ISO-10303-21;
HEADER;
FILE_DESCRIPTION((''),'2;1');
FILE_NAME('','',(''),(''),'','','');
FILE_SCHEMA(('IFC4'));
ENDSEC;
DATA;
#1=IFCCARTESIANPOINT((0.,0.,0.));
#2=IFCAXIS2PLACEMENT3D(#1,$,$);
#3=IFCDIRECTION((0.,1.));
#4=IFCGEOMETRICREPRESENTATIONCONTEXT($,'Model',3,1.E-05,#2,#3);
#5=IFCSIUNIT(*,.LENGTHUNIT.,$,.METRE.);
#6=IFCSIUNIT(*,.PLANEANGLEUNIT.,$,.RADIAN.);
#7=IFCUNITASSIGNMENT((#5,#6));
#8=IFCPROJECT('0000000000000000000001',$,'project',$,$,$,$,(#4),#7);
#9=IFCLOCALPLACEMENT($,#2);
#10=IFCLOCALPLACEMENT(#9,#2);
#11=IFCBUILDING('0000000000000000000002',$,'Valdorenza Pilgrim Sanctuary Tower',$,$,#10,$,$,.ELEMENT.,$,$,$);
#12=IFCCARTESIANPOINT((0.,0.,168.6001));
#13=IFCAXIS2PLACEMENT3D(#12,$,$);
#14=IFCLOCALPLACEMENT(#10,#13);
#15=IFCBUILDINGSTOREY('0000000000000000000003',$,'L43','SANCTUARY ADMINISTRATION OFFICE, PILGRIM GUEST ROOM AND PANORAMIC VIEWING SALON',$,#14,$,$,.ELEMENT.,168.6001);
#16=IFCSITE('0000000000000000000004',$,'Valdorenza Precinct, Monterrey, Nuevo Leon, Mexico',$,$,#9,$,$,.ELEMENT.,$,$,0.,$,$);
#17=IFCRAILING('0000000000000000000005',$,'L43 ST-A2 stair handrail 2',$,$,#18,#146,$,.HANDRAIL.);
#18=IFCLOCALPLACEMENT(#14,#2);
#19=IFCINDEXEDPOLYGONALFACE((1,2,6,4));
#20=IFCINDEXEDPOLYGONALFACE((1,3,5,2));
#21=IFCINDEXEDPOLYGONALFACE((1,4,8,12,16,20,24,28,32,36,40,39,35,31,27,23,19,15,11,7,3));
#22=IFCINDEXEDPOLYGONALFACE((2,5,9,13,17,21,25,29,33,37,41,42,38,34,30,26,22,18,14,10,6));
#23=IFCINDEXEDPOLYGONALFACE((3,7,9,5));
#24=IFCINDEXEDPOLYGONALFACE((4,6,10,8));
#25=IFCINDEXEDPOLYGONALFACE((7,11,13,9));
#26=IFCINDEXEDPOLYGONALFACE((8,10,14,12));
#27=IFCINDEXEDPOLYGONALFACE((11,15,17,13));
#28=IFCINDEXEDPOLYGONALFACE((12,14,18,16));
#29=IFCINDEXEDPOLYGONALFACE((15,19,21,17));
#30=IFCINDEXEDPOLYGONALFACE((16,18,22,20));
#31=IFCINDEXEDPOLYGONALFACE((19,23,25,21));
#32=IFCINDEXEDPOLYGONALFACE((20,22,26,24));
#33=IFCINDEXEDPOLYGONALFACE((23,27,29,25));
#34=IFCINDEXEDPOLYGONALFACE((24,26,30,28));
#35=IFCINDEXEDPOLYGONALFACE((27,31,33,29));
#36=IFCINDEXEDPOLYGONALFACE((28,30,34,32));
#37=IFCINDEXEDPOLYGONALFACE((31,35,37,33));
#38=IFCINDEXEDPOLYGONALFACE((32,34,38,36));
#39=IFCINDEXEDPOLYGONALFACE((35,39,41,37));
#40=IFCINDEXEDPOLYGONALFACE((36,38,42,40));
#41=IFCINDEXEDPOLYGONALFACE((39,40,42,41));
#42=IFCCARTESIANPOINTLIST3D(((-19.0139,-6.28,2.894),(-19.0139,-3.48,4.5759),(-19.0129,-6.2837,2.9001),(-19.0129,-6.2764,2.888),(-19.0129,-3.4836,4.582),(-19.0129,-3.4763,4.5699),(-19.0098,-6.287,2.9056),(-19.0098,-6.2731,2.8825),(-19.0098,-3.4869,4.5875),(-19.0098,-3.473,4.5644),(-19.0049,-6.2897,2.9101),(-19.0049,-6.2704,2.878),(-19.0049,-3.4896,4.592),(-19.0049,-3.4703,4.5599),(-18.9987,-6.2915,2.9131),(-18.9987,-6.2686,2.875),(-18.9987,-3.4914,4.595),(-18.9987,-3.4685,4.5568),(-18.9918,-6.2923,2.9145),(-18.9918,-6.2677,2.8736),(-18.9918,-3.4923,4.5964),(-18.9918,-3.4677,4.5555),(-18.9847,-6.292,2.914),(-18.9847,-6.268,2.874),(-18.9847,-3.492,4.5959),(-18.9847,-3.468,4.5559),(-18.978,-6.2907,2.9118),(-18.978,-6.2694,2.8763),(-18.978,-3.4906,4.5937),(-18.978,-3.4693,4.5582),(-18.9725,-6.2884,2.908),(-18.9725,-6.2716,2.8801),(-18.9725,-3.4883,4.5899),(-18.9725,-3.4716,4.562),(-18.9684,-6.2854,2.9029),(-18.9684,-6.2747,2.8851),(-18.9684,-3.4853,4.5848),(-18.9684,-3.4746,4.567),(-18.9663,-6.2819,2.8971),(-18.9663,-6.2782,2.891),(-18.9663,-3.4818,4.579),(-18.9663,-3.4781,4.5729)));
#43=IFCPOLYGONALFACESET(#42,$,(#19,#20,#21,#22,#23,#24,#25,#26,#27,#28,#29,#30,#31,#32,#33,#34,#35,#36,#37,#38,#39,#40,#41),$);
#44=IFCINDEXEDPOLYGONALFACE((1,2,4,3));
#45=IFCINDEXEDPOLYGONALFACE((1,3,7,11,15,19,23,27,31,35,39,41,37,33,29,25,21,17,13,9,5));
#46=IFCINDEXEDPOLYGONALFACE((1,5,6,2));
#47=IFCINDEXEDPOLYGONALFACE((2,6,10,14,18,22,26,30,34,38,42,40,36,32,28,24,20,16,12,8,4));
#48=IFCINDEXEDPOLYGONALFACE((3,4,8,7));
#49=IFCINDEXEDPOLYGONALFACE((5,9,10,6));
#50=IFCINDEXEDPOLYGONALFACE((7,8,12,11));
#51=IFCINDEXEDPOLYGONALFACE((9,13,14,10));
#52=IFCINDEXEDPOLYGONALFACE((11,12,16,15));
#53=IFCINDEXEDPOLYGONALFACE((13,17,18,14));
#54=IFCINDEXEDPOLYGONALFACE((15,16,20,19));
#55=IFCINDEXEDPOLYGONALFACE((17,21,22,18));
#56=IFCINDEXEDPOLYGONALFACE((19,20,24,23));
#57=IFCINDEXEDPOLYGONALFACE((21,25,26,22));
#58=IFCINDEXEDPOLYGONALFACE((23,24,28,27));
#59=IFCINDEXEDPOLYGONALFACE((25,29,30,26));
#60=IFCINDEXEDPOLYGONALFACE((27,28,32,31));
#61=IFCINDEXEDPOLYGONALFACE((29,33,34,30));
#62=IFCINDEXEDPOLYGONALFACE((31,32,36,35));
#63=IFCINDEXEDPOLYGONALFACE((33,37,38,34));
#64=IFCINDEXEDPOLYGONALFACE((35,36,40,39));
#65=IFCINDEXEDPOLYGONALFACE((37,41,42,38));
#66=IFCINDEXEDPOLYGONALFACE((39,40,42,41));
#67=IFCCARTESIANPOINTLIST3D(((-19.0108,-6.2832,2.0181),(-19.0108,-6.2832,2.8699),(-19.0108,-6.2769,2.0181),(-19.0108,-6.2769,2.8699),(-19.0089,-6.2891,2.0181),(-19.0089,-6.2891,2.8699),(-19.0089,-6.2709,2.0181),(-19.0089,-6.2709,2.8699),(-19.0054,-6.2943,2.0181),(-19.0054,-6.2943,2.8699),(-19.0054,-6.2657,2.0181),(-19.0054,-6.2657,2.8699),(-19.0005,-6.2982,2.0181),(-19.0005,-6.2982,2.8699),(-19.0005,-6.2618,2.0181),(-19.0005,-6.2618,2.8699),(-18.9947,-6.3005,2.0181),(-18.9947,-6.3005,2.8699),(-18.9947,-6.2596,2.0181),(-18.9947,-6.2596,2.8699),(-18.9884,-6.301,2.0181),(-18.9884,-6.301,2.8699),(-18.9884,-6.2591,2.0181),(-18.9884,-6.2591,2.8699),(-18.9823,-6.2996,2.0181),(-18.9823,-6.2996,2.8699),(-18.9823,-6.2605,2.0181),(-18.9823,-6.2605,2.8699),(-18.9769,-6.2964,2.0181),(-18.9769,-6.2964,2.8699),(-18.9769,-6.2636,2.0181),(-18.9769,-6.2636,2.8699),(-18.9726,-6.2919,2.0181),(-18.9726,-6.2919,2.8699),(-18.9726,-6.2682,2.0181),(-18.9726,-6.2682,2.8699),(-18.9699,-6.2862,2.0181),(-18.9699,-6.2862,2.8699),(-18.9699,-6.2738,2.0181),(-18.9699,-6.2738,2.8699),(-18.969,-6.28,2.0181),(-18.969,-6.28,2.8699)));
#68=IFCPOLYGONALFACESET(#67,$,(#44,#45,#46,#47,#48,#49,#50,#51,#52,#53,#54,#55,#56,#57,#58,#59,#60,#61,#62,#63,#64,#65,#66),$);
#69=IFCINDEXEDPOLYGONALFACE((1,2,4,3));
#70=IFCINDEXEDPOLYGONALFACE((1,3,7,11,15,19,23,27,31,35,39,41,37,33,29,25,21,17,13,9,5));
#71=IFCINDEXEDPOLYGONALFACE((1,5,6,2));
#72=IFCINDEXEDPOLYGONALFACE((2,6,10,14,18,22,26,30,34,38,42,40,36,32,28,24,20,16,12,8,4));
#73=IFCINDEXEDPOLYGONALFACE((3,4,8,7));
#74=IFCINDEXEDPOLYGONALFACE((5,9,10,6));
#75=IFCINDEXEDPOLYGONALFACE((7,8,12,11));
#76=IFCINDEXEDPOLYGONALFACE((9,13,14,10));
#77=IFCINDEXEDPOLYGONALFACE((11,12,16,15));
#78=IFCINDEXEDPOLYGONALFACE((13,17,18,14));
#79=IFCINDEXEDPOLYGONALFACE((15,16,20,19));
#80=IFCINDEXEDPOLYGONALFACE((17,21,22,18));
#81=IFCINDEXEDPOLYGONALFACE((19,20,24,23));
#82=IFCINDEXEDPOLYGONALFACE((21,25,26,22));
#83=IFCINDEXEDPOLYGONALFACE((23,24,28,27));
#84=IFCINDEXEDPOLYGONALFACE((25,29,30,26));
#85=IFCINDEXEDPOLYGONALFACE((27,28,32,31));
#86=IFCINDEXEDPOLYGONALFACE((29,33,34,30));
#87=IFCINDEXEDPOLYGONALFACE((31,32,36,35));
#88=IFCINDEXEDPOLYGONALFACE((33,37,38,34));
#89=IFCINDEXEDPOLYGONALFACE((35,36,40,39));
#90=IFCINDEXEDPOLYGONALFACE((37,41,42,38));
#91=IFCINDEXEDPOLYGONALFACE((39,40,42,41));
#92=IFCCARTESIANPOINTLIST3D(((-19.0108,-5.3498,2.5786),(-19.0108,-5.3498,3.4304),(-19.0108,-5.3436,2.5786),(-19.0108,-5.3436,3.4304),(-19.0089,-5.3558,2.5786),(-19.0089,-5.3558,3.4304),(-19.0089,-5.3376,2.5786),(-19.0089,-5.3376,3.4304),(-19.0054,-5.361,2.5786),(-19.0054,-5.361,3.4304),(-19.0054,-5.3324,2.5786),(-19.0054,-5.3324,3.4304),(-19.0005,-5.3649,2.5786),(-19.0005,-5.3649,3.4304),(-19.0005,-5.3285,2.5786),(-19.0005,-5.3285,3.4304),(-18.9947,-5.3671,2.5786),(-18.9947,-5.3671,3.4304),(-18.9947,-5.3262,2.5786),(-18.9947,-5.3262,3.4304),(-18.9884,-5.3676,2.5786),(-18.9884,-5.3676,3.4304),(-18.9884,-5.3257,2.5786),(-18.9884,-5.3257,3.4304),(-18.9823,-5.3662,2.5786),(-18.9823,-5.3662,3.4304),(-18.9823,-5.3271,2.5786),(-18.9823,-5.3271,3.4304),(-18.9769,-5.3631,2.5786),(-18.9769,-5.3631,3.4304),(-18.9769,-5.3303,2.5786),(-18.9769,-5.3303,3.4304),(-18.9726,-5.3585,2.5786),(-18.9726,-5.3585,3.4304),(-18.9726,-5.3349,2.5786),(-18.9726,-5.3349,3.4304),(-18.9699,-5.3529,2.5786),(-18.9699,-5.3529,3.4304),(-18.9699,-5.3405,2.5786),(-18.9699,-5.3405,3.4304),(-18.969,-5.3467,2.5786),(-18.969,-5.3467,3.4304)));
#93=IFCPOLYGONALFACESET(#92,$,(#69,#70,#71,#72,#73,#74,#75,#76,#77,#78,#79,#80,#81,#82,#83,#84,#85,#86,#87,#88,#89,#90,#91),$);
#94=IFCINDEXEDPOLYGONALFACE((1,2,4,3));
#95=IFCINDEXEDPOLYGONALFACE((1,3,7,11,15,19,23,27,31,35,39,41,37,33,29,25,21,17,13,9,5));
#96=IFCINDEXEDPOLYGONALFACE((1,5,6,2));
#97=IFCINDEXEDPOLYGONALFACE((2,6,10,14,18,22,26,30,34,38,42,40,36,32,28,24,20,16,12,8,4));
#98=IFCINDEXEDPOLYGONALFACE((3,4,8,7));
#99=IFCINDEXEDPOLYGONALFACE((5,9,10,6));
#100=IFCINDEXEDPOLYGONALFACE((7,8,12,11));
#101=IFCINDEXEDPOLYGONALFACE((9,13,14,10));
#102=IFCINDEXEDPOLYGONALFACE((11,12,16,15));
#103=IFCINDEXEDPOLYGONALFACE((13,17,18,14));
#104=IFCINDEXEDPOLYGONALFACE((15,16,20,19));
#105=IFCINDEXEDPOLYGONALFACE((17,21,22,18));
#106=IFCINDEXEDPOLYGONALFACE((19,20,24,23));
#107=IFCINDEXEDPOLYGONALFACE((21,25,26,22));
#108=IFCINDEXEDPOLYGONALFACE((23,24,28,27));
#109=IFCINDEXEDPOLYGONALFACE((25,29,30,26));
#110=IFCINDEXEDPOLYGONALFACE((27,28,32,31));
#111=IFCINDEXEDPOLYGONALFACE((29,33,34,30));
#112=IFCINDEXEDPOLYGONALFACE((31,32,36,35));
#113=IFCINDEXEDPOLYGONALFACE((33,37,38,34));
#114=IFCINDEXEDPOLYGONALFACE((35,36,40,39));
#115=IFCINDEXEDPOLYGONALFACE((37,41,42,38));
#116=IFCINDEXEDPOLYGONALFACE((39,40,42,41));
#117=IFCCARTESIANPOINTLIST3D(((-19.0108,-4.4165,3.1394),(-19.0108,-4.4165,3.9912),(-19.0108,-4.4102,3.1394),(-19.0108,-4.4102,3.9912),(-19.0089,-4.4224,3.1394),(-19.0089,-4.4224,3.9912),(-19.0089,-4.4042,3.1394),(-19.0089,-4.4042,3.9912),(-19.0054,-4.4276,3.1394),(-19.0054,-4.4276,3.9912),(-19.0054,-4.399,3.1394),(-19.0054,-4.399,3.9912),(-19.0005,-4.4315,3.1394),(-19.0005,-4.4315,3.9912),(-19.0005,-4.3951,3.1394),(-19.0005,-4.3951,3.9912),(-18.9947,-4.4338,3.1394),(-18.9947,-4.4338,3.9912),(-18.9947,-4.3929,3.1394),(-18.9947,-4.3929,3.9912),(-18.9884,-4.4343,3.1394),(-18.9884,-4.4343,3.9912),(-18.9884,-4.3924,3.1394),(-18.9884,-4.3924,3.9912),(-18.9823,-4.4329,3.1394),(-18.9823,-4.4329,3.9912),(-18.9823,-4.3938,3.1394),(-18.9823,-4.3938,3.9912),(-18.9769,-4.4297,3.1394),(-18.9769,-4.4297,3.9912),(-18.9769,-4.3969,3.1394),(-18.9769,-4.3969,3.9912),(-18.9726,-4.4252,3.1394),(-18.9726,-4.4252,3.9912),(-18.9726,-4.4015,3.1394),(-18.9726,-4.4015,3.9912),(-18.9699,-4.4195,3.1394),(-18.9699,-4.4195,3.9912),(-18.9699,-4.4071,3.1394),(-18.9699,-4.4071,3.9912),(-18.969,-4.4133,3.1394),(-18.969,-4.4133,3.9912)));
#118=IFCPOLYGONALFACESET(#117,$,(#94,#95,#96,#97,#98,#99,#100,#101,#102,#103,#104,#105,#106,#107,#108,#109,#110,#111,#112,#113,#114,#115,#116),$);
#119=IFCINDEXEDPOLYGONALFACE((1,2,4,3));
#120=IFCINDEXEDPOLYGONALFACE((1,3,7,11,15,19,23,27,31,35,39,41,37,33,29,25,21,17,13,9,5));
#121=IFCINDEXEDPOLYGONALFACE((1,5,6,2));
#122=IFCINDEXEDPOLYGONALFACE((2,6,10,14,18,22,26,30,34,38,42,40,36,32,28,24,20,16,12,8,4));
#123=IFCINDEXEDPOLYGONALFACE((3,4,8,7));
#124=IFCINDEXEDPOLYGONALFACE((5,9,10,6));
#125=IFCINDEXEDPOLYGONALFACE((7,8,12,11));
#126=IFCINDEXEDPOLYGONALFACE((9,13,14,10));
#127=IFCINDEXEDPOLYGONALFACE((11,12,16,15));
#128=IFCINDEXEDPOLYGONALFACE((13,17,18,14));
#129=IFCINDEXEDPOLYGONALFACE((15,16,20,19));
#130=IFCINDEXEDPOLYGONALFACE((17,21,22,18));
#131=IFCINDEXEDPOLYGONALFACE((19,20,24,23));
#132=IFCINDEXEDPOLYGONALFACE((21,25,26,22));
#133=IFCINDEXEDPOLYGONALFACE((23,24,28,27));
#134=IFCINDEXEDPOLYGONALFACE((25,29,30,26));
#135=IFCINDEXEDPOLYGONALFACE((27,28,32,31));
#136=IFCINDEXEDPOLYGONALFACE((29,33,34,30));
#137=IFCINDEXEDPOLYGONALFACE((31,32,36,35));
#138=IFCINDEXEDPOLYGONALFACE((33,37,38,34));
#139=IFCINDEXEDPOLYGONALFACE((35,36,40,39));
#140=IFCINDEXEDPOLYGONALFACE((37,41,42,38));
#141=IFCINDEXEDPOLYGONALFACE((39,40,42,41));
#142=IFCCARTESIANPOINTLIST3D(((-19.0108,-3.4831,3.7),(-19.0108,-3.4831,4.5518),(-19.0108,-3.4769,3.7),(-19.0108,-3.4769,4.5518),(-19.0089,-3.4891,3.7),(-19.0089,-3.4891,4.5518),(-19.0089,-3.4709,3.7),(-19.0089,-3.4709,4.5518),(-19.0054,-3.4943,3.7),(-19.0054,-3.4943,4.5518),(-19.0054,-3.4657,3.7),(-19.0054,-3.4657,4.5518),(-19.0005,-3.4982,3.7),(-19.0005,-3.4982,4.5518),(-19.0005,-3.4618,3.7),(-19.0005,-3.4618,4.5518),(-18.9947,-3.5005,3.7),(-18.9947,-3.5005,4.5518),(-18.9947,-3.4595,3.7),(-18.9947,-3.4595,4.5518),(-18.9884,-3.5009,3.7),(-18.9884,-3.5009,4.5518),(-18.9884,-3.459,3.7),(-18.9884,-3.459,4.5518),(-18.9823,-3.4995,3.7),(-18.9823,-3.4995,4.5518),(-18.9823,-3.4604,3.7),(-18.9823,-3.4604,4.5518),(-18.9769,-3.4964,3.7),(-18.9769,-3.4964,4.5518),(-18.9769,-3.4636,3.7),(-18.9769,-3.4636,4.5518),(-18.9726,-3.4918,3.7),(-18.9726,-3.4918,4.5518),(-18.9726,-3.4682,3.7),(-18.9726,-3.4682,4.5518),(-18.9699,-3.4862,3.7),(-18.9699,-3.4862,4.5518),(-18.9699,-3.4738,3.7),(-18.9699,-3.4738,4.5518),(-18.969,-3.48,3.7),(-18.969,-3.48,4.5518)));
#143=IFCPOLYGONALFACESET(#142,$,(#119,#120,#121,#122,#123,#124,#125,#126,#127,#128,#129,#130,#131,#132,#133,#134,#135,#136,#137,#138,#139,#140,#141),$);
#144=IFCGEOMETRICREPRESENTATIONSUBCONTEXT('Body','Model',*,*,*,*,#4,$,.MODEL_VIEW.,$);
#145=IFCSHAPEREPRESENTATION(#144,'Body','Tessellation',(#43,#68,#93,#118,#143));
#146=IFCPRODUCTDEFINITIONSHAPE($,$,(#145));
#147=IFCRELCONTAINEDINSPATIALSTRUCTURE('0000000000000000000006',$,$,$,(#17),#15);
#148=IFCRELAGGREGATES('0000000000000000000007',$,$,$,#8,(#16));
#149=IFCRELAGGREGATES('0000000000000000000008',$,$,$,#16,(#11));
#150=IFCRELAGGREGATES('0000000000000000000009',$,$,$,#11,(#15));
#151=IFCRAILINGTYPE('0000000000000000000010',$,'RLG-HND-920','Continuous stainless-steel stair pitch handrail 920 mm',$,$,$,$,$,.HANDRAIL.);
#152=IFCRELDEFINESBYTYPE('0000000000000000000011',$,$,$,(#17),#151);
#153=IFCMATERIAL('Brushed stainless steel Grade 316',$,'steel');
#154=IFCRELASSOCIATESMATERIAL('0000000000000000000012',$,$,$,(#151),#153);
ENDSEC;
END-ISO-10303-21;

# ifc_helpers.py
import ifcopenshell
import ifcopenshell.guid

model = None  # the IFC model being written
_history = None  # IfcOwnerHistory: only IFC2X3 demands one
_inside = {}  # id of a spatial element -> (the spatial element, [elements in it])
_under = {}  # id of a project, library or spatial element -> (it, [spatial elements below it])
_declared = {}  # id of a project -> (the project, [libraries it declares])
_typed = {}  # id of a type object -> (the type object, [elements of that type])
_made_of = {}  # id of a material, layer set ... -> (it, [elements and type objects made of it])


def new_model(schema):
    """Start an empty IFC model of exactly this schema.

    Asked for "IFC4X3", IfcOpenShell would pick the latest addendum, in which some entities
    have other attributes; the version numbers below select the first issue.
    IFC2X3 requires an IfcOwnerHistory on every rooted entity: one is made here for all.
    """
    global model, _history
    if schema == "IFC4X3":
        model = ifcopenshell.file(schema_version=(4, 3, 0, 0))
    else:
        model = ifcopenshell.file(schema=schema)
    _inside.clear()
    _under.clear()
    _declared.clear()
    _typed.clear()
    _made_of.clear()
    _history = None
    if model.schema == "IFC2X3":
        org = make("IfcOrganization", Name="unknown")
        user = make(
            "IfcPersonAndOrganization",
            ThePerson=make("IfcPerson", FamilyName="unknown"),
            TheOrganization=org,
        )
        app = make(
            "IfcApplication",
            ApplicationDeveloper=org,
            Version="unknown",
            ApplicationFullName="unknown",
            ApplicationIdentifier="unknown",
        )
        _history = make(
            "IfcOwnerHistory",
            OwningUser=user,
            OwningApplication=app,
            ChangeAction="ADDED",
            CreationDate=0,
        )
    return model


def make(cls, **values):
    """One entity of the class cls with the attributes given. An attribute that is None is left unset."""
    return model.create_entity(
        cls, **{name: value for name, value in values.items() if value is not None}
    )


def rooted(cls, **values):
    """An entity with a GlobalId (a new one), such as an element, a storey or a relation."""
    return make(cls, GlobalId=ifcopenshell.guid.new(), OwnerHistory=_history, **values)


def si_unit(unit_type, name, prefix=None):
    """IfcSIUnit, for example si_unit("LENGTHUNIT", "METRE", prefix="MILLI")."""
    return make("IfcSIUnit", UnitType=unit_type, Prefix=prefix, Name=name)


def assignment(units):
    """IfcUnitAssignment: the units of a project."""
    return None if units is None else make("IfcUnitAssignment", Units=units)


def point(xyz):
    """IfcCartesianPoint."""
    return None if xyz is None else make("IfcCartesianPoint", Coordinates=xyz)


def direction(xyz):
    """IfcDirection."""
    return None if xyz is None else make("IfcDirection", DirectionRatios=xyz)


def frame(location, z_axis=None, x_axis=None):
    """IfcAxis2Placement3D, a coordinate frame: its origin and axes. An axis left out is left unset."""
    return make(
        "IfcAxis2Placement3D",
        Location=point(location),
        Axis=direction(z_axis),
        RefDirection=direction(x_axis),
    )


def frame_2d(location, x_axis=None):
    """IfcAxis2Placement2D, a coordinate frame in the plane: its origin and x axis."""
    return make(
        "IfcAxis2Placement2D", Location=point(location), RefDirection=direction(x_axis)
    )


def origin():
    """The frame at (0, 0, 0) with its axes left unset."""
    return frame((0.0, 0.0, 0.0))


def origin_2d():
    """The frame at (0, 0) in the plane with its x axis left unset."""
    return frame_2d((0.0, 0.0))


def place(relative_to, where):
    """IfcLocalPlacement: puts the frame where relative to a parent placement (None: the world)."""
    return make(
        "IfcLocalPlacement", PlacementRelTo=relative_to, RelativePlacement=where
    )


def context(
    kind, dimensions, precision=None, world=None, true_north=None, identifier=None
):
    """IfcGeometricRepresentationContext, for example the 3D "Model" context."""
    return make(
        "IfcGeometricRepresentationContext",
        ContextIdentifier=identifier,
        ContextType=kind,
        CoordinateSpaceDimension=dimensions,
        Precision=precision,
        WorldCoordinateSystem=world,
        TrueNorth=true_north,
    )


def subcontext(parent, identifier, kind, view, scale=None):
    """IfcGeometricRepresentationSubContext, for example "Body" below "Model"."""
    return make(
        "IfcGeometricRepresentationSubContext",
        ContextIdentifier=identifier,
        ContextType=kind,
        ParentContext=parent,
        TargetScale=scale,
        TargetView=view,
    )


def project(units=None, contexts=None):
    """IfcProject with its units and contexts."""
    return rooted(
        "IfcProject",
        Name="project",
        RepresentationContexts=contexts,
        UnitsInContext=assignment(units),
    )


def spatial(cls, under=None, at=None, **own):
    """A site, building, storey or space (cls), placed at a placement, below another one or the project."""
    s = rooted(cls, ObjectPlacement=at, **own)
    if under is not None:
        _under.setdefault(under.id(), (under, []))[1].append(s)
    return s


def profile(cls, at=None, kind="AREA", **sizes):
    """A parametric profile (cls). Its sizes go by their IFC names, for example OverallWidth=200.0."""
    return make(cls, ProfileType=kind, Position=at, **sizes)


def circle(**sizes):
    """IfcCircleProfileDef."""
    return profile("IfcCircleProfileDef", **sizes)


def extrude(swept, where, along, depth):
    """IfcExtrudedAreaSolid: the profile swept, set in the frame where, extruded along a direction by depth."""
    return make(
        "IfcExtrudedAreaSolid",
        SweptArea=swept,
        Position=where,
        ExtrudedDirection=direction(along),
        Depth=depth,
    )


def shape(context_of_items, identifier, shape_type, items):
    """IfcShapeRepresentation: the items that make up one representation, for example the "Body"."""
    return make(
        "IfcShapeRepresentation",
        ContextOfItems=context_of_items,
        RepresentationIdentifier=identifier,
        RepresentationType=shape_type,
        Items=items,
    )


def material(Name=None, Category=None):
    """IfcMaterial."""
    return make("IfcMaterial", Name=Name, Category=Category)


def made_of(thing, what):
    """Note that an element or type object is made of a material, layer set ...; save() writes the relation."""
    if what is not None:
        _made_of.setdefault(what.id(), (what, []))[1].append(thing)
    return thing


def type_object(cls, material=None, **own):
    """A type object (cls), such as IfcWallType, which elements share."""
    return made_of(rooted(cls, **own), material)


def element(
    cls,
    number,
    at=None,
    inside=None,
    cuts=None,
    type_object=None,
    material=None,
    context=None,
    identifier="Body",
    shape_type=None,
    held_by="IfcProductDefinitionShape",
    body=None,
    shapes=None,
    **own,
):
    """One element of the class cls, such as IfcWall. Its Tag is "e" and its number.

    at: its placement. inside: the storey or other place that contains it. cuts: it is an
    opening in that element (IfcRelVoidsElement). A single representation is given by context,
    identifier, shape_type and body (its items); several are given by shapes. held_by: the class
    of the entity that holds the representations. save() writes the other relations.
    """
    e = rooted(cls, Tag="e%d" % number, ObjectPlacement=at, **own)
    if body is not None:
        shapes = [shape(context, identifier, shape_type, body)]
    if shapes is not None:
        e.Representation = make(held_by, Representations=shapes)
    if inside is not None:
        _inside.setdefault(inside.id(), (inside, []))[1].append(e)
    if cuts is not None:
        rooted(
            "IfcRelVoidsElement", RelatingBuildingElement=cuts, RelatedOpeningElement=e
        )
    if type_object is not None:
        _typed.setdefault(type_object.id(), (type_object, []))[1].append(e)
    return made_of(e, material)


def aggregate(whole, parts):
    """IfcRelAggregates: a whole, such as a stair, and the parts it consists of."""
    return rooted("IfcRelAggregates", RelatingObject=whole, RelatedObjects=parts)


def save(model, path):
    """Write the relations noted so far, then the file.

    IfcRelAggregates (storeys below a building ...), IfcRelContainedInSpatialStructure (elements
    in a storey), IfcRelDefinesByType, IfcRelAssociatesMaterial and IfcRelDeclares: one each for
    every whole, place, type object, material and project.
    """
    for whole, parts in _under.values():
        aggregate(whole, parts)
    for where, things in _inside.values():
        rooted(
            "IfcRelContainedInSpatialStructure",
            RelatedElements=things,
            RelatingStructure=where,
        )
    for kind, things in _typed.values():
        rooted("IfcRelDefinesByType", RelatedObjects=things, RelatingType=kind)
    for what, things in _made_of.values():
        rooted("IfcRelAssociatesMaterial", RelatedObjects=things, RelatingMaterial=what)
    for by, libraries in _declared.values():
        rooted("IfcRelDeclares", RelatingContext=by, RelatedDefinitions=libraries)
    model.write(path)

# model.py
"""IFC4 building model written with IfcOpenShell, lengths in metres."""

from ifc_helpers import new_model, si_unit, direction, frame, origin, origin_2d, place, context, subcontext, project, spatial, circle, extrude, material, type_object, element, save


model = new_model("IFC4")

# Units and contexts
model_context = context("Model", 3, precision=1e-05, world=origin(), true_north=direction((0.0, 1.0)))
body_context = subcontext(model_context, "Body", "Model", "MODEL_VIEW")
ifc_project = project(units=[si_unit("LENGTHUNIT", "METRE"), si_unit("PLANEANGLEUNIT", "RADIAN")], contexts=[model_context])

# Site, building, storey
site_placement = place(None, origin())
site = spatial("IfcSite", under=ifc_project, at=site_placement, Name="Valdorenza Precinct, Monterrey, Nuevo Leon, Mexico", CompositionType="ELEMENT", RefElevation=0.0)
building_placement = place(site_placement, origin())
building = spatial("IfcBuilding", under=site, at=building_placement, Name="Valdorenza Pilgrim Sanctuary Tower", CompositionType="ELEMENT")
storey_placement = place(building_placement, frame((0.0, 0.0, 168.6001)))
storey = spatial("IfcBuildingStorey", under=building, at=storey_placement, Name="L43", Description="SANCTUARY ADMINISTRATION OFFICE, PILGRIM GUEST ROOM AND PANORAMIC VIEWING SALON", CompositionType="ELEMENT", Elevation=168.6001)

# Shared definitions
ifc_material_1 = material(Name="Brushed stainless steel Grade 316", Category="steel")

# Railing
railing_type_1 = type_object("IfcRailingType", Name="RLG-HND-920", Description="Continuous stainless-steel stair pitch handrail 920 mm", PredefinedType="HANDRAIL", material=ifc_material_1)
railing_1_placement = place(storey_placement, frame((-18.99, -6.28, 2.0181)))
element("IfcRailing", 1, at=railing_1_placement, inside=storey, type_object=railing_type_1, Name="L43 ST-A2 stair handrail 2", PredefinedType="HANDRAIL", context=body_context, shape_type="SweptSolid", body=[
    extrude(circle(Radius=0.0239, at=origin_2d()), frame((0.0, 0.0, 0.876), z_axis=(0.0, 0.857242, 0.514913), x_axis=(-1.0, 0.0, 0.0)), (0.0, 0.0, 1.0), 3.2664),
    extrude(circle(Radius=0.021, at=origin_2d()), origin(), (0.0, 0.0, 1.0), 0.8518),
    extrude(circle(Radius=0.021, at=origin_2d()), frame((0.0, 0.9333, 0.5605)), (0.0, 0.0, 1.0), 0.8518),
    extrude(circle(Radius=0.021, at=origin_2d()), frame((0.0, 1.8667, 1.1213)), (0.0, 0.0, 1.0), 0.8518),
    extrude(circle(Radius=0.021, at=origin_2d()), frame((0.0, 2.8, 1.6819)), (0.0, 0.0, 1.0), 0.8518),
])

save(model, "model.ifc")
